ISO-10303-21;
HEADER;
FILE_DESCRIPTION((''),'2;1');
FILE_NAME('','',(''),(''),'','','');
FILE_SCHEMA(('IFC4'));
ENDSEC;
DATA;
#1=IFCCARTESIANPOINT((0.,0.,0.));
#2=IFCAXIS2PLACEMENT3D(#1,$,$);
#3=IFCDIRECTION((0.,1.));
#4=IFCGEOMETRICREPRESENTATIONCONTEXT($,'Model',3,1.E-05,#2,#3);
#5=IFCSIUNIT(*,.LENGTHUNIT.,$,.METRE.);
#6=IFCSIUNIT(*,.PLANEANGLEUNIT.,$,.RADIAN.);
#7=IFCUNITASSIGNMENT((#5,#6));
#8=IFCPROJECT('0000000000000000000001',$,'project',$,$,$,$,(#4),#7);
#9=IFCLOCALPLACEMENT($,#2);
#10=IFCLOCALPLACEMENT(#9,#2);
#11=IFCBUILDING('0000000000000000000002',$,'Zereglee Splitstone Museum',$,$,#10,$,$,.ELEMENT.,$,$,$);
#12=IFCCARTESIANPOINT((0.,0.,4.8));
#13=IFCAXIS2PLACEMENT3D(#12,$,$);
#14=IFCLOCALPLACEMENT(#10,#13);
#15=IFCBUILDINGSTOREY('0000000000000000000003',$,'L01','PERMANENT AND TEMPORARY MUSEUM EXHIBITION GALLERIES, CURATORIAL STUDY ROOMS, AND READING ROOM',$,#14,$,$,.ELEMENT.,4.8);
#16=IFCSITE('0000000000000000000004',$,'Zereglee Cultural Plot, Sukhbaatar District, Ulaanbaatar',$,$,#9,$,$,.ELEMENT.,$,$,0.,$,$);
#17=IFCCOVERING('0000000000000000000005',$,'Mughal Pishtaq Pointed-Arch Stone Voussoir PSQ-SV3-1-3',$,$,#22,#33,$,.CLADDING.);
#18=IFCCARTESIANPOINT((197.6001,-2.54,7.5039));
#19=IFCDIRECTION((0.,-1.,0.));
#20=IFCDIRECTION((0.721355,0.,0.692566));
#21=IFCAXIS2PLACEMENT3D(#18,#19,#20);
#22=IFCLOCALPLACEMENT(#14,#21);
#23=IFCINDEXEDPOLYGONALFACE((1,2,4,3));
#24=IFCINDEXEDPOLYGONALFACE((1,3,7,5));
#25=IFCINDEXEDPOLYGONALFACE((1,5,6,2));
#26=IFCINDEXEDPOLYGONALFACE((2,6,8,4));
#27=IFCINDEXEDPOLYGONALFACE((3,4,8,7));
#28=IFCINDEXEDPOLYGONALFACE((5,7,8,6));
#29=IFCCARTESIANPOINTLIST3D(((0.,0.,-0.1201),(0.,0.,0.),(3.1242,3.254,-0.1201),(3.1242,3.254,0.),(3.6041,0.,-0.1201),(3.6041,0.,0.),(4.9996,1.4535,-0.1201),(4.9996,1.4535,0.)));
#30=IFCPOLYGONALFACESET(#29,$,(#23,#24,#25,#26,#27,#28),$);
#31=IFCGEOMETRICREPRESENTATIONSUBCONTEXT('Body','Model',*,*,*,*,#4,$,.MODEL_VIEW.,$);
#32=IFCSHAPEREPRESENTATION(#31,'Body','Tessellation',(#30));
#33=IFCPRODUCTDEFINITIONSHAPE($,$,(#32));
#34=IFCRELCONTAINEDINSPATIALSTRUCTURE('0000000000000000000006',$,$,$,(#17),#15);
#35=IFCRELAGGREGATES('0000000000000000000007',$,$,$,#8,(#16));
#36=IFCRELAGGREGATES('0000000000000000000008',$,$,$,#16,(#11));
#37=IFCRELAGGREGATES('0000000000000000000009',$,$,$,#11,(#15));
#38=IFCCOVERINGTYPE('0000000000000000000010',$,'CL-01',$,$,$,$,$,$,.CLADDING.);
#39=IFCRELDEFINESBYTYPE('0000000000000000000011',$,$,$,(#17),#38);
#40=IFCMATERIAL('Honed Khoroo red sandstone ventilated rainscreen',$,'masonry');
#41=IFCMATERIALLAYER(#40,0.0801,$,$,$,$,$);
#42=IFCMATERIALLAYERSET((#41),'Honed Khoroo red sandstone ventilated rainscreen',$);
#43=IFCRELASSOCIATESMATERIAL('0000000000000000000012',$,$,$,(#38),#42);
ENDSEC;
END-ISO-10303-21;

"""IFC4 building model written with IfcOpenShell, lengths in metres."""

from ifc_helpers import new_model, si_unit, direction, frame, origin, place, context, subcontext, project, spatial, polyline, outline, extrude, material, layer, layer_set, type_object, element, save


model = new_model("IFC4")

# Units and contexts
model_context = context("Model", 3, precision=1e-05, world=origin(), true_north=direction((0.0, 1.0)))
body_context = subcontext(model_context, "Body", "Model", "MODEL_VIEW")
ifc_project = project(units=[si_unit("LENGTHUNIT", "METRE"), si_unit("PLANEANGLEUNIT", "RADIAN")], contexts=[model_context])

# Site, building, storey
site_placement = place(None, origin())
site = spatial("IfcSite", under=ifc_project, at=site_placement, Name="Zereglee Cultural Plot, Sukhbaatar District, Ulaanbaatar", CompositionType="ELEMENT", RefElevation=0.0)
building_placement = place(site_placement, origin())
building = spatial("IfcBuilding", under=site, at=building_placement, Name="Zereglee Splitstone Museum", CompositionType="ELEMENT")
storey_placement = place(building_placement, frame((0.0, 0.0, 4.8)))
storey = spatial("IfcBuildingStorey", under=building, at=storey_placement, Name="L01", Description="PERMANENT AND TEMPORARY MUSEUM EXHIBITION GALLERIES, CURATORIAL STUDY ROOMS, AND READING ROOM", CompositionType="ELEMENT", Elevation=4.8)

# Covering
ifc_material_1 = material(Name="Honed Khoroo red sandstone ventilated rainscreen", Category="masonry")
ifc_layer_1 = layer(ifc_material_1, 0.0801)
ifc_layer_set_1 = layer_set([ifc_layer_1], Name="Honed Khoroo red sandstone ventilated rainscreen")
covering_type_1 = type_object("IfcCoveringType", Name="CL-01", PredefinedType="CLADDING", material=ifc_layer_set_1)
covering_1_placement = place(storey_placement, frame((197.6001, -2.54, 7.5039), z_axis=(0.0, -1.0, 0.0), x_axis=(0.721355, 0.0, 0.692566)))
element("IfcCovering", 1, at=covering_1_placement, inside=storey, type_object=covering_type_1, Name="Mughal Pishtaq Pointed-Arch Stone Voussoir PSQ-SV3-1-3", PredefinedType="CLADDING", context=body_context, shape_type="SweptSolid", body=[
    extrude(outline(polyline([(0.0, 0.0), (3.6041, 0.0), (4.9996, 1.4535), (3.1242, 3.254), (0.0, 0.0)])), origin(), (0.0, 0.0, -1.0), 0.1201),
])

save(model, "model.ifc")
